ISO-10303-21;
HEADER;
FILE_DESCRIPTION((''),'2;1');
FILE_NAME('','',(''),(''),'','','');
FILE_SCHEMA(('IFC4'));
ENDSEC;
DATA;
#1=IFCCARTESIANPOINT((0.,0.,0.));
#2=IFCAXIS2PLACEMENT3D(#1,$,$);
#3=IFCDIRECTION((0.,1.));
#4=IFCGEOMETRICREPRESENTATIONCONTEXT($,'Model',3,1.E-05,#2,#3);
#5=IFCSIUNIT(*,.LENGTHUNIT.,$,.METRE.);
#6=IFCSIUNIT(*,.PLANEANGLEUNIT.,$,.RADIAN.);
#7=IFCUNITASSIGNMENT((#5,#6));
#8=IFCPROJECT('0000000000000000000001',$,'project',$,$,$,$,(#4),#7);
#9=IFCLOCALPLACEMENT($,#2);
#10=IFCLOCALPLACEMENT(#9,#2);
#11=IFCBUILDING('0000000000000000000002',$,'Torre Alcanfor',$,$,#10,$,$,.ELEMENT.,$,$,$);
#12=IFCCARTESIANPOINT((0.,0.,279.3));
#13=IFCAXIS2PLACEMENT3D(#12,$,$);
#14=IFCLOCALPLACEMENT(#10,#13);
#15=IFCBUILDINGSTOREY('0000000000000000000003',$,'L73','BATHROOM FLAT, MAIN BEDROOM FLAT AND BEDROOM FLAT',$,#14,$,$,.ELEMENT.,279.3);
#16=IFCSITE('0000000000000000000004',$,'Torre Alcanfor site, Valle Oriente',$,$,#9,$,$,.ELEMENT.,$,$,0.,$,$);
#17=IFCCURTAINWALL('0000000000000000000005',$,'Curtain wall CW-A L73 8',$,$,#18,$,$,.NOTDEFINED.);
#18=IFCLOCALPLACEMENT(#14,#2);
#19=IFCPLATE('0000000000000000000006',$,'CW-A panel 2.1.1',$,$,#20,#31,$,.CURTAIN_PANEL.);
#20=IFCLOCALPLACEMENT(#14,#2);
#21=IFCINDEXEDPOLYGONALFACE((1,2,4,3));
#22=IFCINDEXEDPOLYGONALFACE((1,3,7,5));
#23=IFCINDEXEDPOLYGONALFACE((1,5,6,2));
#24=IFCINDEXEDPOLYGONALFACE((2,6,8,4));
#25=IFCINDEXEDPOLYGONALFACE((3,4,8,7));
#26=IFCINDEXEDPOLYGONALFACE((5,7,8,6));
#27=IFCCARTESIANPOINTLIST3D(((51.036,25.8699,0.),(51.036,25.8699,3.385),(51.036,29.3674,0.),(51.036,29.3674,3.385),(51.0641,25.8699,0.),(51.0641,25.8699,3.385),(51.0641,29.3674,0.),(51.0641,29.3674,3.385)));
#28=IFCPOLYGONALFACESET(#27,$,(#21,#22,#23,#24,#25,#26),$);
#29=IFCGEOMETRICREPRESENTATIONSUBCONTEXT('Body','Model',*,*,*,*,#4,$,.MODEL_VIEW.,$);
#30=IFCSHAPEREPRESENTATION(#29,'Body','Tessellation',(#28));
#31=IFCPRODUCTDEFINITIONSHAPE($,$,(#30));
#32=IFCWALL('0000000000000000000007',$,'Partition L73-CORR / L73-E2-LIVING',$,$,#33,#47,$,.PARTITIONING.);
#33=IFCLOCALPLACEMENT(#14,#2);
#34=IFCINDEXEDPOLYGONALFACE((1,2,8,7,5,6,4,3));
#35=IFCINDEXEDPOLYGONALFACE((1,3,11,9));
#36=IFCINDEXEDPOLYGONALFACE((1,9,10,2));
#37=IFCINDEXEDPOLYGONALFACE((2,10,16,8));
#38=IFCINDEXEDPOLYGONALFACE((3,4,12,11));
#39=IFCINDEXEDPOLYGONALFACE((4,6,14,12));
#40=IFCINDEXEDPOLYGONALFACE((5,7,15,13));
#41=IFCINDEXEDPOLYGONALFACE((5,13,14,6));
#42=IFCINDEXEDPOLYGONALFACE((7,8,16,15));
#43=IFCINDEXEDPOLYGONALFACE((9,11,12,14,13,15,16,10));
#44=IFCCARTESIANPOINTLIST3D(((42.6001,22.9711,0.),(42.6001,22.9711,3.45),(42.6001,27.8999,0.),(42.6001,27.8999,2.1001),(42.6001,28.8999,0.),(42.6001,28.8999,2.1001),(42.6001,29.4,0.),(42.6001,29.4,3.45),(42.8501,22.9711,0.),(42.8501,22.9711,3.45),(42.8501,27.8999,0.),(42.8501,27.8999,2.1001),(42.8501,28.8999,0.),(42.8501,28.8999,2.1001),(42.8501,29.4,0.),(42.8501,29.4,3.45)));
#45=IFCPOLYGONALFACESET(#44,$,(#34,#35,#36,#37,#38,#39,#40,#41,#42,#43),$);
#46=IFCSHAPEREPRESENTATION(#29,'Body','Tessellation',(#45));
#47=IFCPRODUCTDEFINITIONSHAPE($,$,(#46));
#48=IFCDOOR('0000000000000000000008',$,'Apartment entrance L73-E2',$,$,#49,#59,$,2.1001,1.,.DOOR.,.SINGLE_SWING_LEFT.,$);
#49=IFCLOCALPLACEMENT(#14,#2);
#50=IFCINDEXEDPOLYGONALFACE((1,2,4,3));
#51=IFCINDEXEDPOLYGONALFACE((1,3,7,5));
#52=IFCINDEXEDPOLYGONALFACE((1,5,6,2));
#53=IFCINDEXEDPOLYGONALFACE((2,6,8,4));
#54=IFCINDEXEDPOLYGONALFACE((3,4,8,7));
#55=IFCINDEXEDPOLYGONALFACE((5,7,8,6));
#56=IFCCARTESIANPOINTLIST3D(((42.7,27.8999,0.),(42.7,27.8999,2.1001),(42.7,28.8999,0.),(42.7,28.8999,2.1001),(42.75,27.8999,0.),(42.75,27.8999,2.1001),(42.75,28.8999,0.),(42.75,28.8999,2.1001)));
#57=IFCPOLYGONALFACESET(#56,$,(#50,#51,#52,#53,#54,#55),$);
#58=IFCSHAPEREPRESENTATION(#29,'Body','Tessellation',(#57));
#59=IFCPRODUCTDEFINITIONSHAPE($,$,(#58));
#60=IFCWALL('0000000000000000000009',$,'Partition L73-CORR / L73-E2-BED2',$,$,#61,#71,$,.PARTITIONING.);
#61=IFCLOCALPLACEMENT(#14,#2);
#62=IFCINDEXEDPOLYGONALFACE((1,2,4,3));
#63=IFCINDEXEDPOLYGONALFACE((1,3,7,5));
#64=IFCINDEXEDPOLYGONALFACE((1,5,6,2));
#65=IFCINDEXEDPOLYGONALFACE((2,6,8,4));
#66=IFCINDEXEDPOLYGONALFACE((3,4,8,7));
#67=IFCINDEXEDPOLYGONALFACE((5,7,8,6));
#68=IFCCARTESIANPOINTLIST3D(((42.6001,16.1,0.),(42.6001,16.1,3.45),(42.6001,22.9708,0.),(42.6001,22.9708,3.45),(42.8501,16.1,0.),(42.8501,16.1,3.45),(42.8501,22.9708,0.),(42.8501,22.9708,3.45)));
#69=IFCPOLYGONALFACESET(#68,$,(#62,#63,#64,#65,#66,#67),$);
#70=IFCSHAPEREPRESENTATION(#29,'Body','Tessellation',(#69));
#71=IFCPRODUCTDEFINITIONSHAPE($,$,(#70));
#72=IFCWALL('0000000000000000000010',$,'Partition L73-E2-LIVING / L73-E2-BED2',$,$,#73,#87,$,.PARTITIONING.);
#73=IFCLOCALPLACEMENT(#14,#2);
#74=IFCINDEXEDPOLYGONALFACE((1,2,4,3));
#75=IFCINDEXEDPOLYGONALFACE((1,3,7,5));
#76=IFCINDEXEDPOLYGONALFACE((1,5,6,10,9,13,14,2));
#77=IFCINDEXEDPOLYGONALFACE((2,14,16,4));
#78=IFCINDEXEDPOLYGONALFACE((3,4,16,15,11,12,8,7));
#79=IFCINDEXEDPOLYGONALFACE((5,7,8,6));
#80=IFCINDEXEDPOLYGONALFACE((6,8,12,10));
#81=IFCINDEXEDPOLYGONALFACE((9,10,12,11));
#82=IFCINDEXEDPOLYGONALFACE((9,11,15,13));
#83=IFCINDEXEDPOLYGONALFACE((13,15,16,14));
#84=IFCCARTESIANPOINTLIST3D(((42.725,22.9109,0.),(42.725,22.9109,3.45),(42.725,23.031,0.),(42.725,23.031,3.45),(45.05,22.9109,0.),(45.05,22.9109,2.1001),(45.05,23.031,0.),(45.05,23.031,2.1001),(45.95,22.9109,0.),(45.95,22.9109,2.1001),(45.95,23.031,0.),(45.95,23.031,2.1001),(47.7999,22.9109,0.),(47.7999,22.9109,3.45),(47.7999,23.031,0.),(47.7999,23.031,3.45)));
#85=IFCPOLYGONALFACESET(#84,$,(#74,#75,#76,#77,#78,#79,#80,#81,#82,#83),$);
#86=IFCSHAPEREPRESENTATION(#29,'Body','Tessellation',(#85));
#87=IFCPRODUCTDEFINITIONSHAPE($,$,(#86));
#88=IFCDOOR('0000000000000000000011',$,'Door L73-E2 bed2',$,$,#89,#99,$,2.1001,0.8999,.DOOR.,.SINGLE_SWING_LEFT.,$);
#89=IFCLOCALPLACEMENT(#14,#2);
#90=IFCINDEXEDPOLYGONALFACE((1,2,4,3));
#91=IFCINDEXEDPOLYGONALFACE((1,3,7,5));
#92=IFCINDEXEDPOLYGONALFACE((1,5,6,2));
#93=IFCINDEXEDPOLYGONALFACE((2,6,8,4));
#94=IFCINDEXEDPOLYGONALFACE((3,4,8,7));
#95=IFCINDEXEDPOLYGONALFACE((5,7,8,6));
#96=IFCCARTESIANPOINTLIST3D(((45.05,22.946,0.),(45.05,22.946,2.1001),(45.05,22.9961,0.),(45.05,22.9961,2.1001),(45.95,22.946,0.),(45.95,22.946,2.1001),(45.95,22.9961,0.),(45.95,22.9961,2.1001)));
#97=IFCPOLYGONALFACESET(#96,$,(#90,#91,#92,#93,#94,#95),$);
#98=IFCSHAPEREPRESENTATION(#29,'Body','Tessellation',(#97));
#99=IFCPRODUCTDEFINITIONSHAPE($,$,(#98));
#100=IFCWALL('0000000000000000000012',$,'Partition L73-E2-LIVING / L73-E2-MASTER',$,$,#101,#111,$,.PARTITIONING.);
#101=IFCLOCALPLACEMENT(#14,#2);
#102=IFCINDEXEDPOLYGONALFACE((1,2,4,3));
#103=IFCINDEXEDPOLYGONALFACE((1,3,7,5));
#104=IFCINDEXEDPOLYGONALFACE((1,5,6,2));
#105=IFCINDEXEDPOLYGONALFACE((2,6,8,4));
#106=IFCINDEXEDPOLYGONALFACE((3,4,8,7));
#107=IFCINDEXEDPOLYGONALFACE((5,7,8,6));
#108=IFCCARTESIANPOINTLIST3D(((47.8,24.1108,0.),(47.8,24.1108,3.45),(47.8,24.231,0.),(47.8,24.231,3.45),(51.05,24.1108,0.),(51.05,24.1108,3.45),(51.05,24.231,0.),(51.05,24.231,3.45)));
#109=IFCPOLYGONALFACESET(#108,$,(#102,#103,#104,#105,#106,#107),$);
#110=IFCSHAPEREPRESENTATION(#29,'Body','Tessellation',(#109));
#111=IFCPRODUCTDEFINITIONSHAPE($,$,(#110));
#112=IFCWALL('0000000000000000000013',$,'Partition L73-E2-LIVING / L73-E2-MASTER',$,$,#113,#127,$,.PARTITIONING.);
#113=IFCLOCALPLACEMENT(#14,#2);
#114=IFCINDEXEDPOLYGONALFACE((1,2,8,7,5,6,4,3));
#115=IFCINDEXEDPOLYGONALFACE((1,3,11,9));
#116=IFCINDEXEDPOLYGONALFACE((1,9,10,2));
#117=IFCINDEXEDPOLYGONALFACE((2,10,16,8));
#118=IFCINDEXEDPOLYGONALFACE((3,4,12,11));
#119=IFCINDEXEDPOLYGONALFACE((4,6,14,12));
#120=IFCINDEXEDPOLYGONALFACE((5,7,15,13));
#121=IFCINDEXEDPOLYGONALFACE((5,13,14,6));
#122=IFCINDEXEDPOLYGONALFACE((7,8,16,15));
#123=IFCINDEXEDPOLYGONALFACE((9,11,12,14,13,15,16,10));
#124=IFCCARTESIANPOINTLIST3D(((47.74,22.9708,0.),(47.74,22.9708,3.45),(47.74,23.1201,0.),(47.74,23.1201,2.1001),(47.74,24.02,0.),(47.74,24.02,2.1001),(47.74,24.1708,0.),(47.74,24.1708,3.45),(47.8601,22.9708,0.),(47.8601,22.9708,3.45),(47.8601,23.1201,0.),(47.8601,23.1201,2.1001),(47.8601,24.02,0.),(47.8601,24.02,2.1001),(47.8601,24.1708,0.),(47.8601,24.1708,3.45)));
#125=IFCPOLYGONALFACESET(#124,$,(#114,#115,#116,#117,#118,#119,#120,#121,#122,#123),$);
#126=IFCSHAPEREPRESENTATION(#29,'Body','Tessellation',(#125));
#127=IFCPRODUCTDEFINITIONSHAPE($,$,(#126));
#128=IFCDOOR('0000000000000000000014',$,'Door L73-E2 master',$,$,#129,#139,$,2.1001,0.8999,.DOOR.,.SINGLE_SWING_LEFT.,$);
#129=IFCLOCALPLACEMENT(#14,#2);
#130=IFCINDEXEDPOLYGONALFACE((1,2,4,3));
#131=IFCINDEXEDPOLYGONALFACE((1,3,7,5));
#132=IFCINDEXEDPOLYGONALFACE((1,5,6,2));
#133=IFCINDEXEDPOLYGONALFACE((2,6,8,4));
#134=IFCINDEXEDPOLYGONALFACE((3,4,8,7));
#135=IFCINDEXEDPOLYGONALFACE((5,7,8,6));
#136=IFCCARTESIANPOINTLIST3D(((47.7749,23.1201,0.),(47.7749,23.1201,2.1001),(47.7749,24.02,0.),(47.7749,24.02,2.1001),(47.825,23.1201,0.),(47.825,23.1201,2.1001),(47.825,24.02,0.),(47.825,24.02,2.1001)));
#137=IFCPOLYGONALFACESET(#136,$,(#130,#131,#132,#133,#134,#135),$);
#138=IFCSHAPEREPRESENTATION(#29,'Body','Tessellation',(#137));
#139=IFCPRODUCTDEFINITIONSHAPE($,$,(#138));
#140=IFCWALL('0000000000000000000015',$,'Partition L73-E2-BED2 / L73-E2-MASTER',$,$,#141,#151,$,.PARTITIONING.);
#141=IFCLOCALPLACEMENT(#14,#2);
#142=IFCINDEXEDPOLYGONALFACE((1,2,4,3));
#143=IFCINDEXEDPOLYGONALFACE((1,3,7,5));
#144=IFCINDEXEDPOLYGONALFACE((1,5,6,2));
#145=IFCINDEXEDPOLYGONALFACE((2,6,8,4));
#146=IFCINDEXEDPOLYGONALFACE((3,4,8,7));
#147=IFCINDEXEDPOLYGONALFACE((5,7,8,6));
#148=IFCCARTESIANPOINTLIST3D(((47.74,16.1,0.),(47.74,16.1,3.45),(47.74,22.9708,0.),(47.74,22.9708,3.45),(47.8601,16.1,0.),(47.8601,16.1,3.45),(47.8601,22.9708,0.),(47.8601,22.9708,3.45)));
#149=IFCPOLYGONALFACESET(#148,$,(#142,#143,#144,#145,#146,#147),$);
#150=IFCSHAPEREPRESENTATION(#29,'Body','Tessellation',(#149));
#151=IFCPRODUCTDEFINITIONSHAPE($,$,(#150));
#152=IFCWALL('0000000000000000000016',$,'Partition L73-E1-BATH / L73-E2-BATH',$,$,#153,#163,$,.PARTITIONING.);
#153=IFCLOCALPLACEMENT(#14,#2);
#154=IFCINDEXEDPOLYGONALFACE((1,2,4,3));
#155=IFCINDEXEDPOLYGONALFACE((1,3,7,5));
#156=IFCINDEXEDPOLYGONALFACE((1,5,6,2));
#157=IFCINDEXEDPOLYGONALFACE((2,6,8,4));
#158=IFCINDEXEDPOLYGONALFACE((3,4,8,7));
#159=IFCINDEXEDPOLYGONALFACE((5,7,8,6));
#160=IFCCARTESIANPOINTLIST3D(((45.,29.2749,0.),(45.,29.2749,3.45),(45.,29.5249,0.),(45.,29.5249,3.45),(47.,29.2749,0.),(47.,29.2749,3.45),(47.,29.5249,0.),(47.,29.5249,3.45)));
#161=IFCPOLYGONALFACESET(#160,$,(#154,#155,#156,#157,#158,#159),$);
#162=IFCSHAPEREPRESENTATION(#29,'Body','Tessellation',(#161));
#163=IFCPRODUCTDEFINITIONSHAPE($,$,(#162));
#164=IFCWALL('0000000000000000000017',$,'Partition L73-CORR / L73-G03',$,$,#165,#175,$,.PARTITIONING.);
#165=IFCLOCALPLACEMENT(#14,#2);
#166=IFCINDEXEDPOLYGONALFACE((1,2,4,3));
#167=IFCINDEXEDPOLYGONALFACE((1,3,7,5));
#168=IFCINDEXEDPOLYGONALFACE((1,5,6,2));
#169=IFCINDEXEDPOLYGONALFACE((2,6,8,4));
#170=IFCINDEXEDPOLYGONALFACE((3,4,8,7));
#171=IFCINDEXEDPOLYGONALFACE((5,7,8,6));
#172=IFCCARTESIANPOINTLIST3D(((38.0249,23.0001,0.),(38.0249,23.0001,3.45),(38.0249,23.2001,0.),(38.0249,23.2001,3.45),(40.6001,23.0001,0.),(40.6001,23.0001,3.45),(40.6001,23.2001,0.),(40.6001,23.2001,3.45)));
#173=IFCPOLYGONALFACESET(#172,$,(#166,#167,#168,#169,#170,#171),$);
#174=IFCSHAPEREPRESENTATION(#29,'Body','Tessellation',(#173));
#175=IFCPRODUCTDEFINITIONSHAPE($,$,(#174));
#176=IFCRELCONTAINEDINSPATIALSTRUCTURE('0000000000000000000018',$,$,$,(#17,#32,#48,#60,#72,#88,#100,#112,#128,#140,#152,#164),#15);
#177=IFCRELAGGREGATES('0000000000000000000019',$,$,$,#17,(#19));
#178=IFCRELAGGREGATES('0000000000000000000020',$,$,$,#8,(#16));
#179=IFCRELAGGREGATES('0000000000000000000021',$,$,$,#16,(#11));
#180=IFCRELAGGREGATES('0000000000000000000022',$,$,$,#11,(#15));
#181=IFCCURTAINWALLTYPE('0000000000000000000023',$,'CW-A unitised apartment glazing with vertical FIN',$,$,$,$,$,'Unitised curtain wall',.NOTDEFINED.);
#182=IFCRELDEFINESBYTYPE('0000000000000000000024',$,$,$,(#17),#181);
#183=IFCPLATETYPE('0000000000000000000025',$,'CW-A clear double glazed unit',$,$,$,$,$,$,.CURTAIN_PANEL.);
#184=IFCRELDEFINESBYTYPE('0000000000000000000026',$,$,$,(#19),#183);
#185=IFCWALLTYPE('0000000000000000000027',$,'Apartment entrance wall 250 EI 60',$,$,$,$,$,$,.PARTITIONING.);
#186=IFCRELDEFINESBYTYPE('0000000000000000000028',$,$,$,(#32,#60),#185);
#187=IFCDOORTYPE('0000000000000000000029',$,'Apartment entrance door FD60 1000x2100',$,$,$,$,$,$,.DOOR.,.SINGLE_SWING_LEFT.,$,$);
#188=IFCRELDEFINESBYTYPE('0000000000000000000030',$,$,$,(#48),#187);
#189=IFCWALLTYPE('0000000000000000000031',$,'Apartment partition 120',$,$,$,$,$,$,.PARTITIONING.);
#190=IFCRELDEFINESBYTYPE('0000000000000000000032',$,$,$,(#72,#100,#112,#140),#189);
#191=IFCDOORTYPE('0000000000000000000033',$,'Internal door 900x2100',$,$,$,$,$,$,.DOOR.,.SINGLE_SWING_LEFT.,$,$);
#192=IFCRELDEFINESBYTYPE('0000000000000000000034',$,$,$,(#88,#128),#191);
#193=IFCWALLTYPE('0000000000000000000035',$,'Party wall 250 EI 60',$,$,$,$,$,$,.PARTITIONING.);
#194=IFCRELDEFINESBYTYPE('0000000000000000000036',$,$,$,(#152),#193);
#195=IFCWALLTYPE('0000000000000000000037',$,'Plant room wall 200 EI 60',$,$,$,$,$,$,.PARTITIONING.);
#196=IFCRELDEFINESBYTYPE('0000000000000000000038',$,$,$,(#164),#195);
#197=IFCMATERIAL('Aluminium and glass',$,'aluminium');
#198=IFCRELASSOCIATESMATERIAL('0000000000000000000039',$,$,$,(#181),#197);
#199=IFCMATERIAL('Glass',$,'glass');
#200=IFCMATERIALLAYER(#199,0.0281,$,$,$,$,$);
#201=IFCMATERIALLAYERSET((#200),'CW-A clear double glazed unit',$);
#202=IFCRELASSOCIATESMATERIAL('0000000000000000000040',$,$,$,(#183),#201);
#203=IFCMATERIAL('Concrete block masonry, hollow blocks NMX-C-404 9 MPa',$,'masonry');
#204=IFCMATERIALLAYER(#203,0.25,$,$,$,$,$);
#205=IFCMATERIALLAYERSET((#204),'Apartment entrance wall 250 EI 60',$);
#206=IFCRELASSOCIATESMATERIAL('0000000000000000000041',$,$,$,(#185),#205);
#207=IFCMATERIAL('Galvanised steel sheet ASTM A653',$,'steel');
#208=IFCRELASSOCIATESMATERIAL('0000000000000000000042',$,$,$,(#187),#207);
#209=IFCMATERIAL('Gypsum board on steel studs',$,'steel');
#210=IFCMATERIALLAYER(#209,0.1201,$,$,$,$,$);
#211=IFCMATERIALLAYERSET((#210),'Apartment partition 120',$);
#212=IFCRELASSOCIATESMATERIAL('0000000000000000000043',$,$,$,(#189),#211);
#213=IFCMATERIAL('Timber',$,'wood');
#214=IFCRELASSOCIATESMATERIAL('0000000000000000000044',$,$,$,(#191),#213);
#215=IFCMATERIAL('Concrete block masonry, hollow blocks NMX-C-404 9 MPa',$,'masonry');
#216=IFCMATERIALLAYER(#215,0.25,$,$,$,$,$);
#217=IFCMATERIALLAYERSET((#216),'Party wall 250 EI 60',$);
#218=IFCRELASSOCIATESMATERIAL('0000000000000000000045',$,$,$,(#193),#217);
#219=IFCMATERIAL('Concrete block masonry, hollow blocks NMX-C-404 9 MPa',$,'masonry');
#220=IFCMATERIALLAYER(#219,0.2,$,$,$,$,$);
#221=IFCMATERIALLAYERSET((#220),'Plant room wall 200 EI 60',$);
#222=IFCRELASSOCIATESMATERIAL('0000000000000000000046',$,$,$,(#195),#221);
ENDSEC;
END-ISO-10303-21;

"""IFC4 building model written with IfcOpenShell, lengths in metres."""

from ifc_helpers import new_model, si_unit, direction, frame, frame_2d, origin, origin_2d, place, context, subcontext, project, spatial, rectangle, extrude, material, layer, layer_set, type_object, element, fill, aggregate, save


model = new_model("IFC4")

# Units and contexts
model_context = context("Model", 3, precision=1e-05, world=origin(), true_north=direction((0.0, 1.0)))
body_context = subcontext(model_context, "Body", "Model", "MODEL_VIEW")
ifc_project = project(units=[si_unit("LENGTHUNIT", "METRE"), si_unit("PLANEANGLEUNIT", "RADIAN")], contexts=[model_context])

# Site, building, storey
site_placement = place(None, origin())
site = spatial("IfcSite", under=ifc_project, at=site_placement, Name="Torre Alcanfor site, Valle Oriente", CompositionType="ELEMENT", RefElevation=0.0)
building_placement = place(site_placement, origin())
building = spatial("IfcBuilding", under=site, at=building_placement, Name="Torre Alcanfor", CompositionType="ELEMENT")
storey_placement = place(building_placement, frame((0.0, 0.0, 279.3)))
storey = spatial("IfcBuildingStorey", under=building, at=storey_placement, Name="L73", Description="BATHROOM FLAT, MAIN BEDROOM FLAT AND BEDROOM FLAT", CompositionType="ELEMENT", Elevation=279.3)

# Curtain wall
ifc_material_1 = material(Name="Aluminium and glass", Category="aluminium")
curtain_wall_type = type_object("IfcCurtainWallType", Name="CW-A unitised apartment glazing with vertical FIN", ElementType="Unitised curtain wall", PredefinedType="NOTDEFINED", material=ifc_material_1)
curtain_wall_placement = place(storey_placement, origin())
curtain_wall = element("IfcCurtainWall", 1, at=curtain_wall_placement, inside=storey, type_object=curtain_wall_type, Name="Curtain wall CW-A L73 8", PredefinedType="NOTDEFINED")

# Plate
ifc_material_2 = material(Name="Glass", Category="glass")
ifc_layer_1 = layer(ifc_material_2, 0.0281)
ifc_layer_set_1 = layer_set([ifc_layer_1], Name="CW-A clear double glazed unit")
plate_type = type_object("IfcPlateType", Name="CW-A clear double glazed unit", PredefinedType="CURTAIN_PANEL", material=ifc_layer_set_1)
plate_placement = place(storey_placement, frame((51.05, 27.6187, 0.0), z_axis=(0.0, 0.0, 1.0), x_axis=(0.0, 1.0, 0.0)))
plate = element("IfcPlate", 2, at=plate_placement, type_object=plate_type, Name="CW-A panel 2.1.1", PredefinedType="CURTAIN_PANEL", context=body_context, shape_type="SweptSolid", body=[
    extrude(rectangle(XDim=3.4976, YDim=0.0281, at=origin_2d()), origin(), (0.0, 0.0, 1.0), 3.385),
])
aggregate(curtain_wall, [plate])

# Wall, opening, door
ifc_material_3 = material(Name="Concrete block masonry, hollow blocks NMX-C-404 9 MPa", Category="masonry")
ifc_layer_2 = layer(ifc_material_3, 0.25)
ifc_layer_set_2 = layer_set([ifc_layer_2], Name="Apartment entrance wall 250 EI 60")
wall_type_1 = type_object("IfcWallType", Name="Apartment entrance wall 250 EI 60", PredefinedType="PARTITIONING", material=ifc_layer_set_2)
wall_1_placement = place(storey_placement, frame((42.7251, 29.3999, 0.0), z_axis=(0.0, 0.0, 1.0), x_axis=(0.0, -1.0, 0.0)))
wall_1 = element("IfcWall", 3, at=wall_1_placement, inside=storey, type_object=wall_type_1, Name="Partition L73-CORR / L73-E2-LIVING", PredefinedType="PARTITIONING", context=body_context, shape_type="SweptSolid", body=[
    extrude(rectangle(XDim=6.429, YDim=0.25, at=frame_2d((3.2144, 0.0))), origin(), (0.0, 0.0, 1.0), 3.45),
])
opening_1_placement = place(wall_1_placement, frame((0.5, 0.0, 0.0)))
opening_1 = element("IfcOpeningElement", 4, at=opening_1_placement, cuts=wall_1, PredefinedType="OPENING", context=body_context, shape_type="SweptSolid", body=[
    extrude(rectangle(XDim=1.0, YDim=2.1001, at=frame_2d((0.5, 1.05))), frame((0.0, 0.135, 0.0), z_axis=(0.0, -1.0, 0.0), x_axis=(1.0, 0.0, 0.0)), (0.0, 0.0, 1.0), 0.27),
])
ifc_material_4 = material(Name="Galvanised steel sheet ASTM A653", Category="steel")
door_type_1 = type_object("IfcDoorType", Name="Apartment entrance door FD60 1000x2100", OperationType="SINGLE_SWING_LEFT", PredefinedType="DOOR", material=ifc_material_4)
door_1_placement = place(opening_1_placement, origin())
door_1 = element("IfcDoor", 5, at=door_1_placement, inside=storey, type_object=door_type_1, Name="Apartment entrance L73-E2", OperationType="SINGLE_SWING_LEFT", OverallHeight=2.1001, OverallWidth=1.0, PredefinedType="DOOR", context=body_context, shape_type="SweptSolid", body=[
    extrude(rectangle(XDim=1.0, YDim=2.1001, at=frame_2d((0.5, 1.05))), frame((0.0, 0.0249, 0.0), z_axis=(0.0, -1.0, 0.0), x_axis=(1.0, 0.0, 0.0)), (0.0, 0.0, 1.0), 0.05),
])
fill(opening_1, door_1)

# Wall
wall_2_placement = place(storey_placement, frame((42.7251, 22.9709, 0.0), z_axis=(0.0, 0.0, 1.0), x_axis=(0.0, -1.0, 0.0)))
element("IfcWall", 6, at=wall_2_placement, inside=storey, type_object=wall_type_1, Name="Partition L73-CORR / L73-E2-BED2", PredefinedType="PARTITIONING", context=body_context, shape_type="SweptSolid", body=[
    extrude(rectangle(XDim=6.8708, YDim=0.25, at=frame_2d((3.4355, 0.0))), origin(), (0.0, 0.0, 1.0), 3.45),
])

# Wall, opening, door
ifc_material_5 = material(Name="Gypsum board on steel studs", Category="steel")
ifc_layer_3 = layer(ifc_material_5, 0.1201)
ifc_layer_set_3 = layer_set([ifc_layer_3], Name="Apartment partition 120")
wall_type_2 = type_object("IfcWallType", Name="Apartment partition 120", PredefinedType="PARTITIONING", material=ifc_layer_set_3)
wall_3_placement = place(storey_placement, frame((47.8, 22.9709, 0.0), z_axis=(0.0, 0.0, 1.0), x_axis=(-1.0, 0.0, 0.0)))
wall_3 = element("IfcWall", 7, at=wall_3_placement, inside=storey, type_object=wall_type_2, Name="Partition L73-E2-LIVING / L73-E2-BED2", PredefinedType="PARTITIONING", context=body_context, shape_type="SweptSolid", body=[
    extrude(rectangle(XDim=5.075, YDim=0.1201, at=frame_2d((2.5376, 0.0))), origin(), (0.0, 0.0, 1.0), 3.45),
])
opening_2_placement = place(wall_3_placement, frame((1.8501, 0.0, 0.0)))
opening_2 = element("IfcOpeningElement", 8, at=opening_2_placement, cuts=wall_3, PredefinedType="OPENING", context=body_context, shape_type="SweptSolid", body=[
    extrude(rectangle(XDim=0.8999, YDim=2.1001, at=frame_2d((0.45, 1.05))), frame((0.0, 0.0701, 0.0), z_axis=(0.0, -1.0, 0.0), x_axis=(1.0, 0.0, 0.0)), (0.0, 0.0, 1.0), 0.1401),
])
ifc_material_6 = material(Name="Timber", Category="wood")
door_type_2 = type_object("IfcDoorType", Name="Internal door 900x2100", OperationType="SINGLE_SWING_LEFT", PredefinedType="DOOR", material=ifc_material_6)
door_2_placement = place(opening_2_placement, origin())
door_2 = element("IfcDoor", 9, at=door_2_placement, inside=storey, type_object=door_type_2, Name="Door L73-E2 bed2", OperationType="SINGLE_SWING_LEFT", OverallHeight=2.1001, OverallWidth=0.8999, PredefinedType="DOOR", context=body_context, shape_type="SweptSolid", body=[
    extrude(rectangle(XDim=0.8999, YDim=2.1001, at=frame_2d((0.45, 1.05))), frame((0.0, 0.0249, 0.0), z_axis=(0.0, -1.0, 0.0), x_axis=(1.0, 0.0, 0.0)), (0.0, 0.0, 1.0), 0.05),
])
fill(opening_2, door_2)

# Wall
wall_4_placement = place(storey_placement, frame((51.05, 24.1709, 0.0), z_axis=(0.0, 0.0, 1.0), x_axis=(-1.0, 0.0, 0.0)))
element("IfcWall", 10, at=wall_4_placement, inside=storey, type_object=wall_type_2, Name="Partition L73-E2-LIVING / L73-E2-MASTER", PredefinedType="PARTITIONING", context=body_context, shape_type="SweptSolid", body=[
    extrude(rectangle(XDim=3.25, YDim=0.1201, at=frame_2d((1.625, 0.0))), origin(), (0.0, 0.0, 1.0), 3.45),
])

# Wall, opening, door
wall_5_placement = place(storey_placement, frame((47.8, 24.1709, 0.0), z_axis=(0.0, 0.0, 1.0), x_axis=(0.0, -1.0, 0.0)))
wall_5 = element("IfcWall", 11, at=wall_5_placement, inside=storey, type_object=wall_type_2, Name="Partition L73-E2-LIVING / L73-E2-MASTER", PredefinedType="PARTITIONING", context=body_context, shape_type="SweptSolid", body=[
    extrude(rectangle(XDim=1.2, YDim=0.1201, at=frame_2d((0.6001, 0.0))), origin(), (0.0, 0.0, 1.0), 3.45),
])
opening_3_placement = place(wall_5_placement, frame((0.1509, 0.0, 0.0)))
opening_3 = element("IfcOpeningElement", 12, at=opening_3_placement, cuts=wall_5, PredefinedType="OPENING", context=body_context, shape_type="SweptSolid", body=[
    extrude(rectangle(XDim=0.8999, YDim=2.1001, at=frame_2d((0.45, 1.05))), frame((0.0, 0.0701, 0.0), z_axis=(0.0, -1.0, 0.0), x_axis=(1.0, 0.0, 0.0)), (0.0, 0.0, 1.0), 0.1401),
])
door_3_placement = place(opening_3_placement, origin())
door_3 = element("IfcDoor", 13, at=door_3_placement, inside=storey, type_object=door_type_2, Name="Door L73-E2 master", OperationType="SINGLE_SWING_LEFT", OverallHeight=2.1001, OverallWidth=0.8999, PredefinedType="DOOR", context=body_context, shape_type="SweptSolid", body=[
    extrude(rectangle(XDim=0.8999, YDim=2.1001, at=frame_2d((0.45, 1.05))), frame((0.0, 0.0249, 0.0), z_axis=(0.0, -1.0, 0.0), x_axis=(1.0, 0.0, 0.0)), (0.0, 0.0, 1.0), 0.05),
])
fill(opening_3, door_3)

# Walls
wall_6_placement = place(storey_placement, frame((47.8, 22.9709, 0.0), z_axis=(0.0, 0.0, 1.0), x_axis=(0.0, -1.0, 0.0)))
element("IfcWall", 14, at=wall_6_placement, inside=storey, type_object=wall_type_2, Name="Partition L73-E2-BED2 / L73-E2-MASTER", PredefinedType="PARTITIONING", context=body_context, shape_type="SweptSolid", body=[
    extrude(rectangle(XDim=6.8708, YDim=0.1201, at=frame_2d((3.4355, 0.0))), origin(), (0.0, 0.0, 1.0), 3.45),
])
ifc_material_7 = material(Name="Concrete block masonry, hollow blocks NMX-C-404 9 MPa", Category="masonry")
ifc_layer_4 = layer(ifc_material_7, 0.25)
ifc_layer_set_4 = layer_set([ifc_layer_4], Name="Party wall 250 EI 60")
wall_type_3 = type_object("IfcWallType", Name="Party wall 250 EI 60", PredefinedType="PARTITIONING", material=ifc_layer_set_4)
wall_7_placement = place(storey_placement, frame((45.0, 29.3999, 0.0), z_axis=(0.0, 0.0, 1.0), x_axis=(1.0, 0.0, 0.0)))
element("IfcWall", 15, at=wall_7_placement, inside=storey, type_object=wall_type_3, Name="Partition L73-E1-BATH / L73-E2-BATH", PredefinedType="PARTITIONING", context=body_context, shape_type="SweptSolid", body=[
    extrude(rectangle(XDim=2.0, YDim=0.25, at=frame_2d((1.0, 0.0))), origin(), (0.0, 0.0, 1.0), 3.45),
])
ifc_material_8 = material(Name="Concrete block masonry, hollow blocks NMX-C-404 9 MPa", Category="masonry")
ifc_layer_5 = layer(ifc_material_8, 0.2)
ifc_layer_set_5 = layer_set([ifc_layer_5], Name="Plant room wall 200 EI 60")
wall_type_4 = type_object("IfcWallType", Name="Plant room wall 200 EI 60", PredefinedType="PARTITIONING", material=ifc_layer_set_5)
wall_8_placement = place(storey_placement, frame((40.6001, 23.1001, 0.0), z_axis=(0.0, 0.0, 1.0), x_axis=(-1.0, 0.0, 0.0)))
element("IfcWall", 16, at=wall_8_placement, inside=storey, type_object=wall_type_4, Name="Partition L73-CORR / L73-G03", PredefinedType="PARTITIONING", context=body_context, shape_type="SweptSolid", body=[
    extrude(rectangle(XDim=2.5752, YDim=0.2, at=frame_2d((1.2876, 0.0))), origin(), (0.0, 0.0, 1.0), 3.45),
])

save(model, "model.ifc")
